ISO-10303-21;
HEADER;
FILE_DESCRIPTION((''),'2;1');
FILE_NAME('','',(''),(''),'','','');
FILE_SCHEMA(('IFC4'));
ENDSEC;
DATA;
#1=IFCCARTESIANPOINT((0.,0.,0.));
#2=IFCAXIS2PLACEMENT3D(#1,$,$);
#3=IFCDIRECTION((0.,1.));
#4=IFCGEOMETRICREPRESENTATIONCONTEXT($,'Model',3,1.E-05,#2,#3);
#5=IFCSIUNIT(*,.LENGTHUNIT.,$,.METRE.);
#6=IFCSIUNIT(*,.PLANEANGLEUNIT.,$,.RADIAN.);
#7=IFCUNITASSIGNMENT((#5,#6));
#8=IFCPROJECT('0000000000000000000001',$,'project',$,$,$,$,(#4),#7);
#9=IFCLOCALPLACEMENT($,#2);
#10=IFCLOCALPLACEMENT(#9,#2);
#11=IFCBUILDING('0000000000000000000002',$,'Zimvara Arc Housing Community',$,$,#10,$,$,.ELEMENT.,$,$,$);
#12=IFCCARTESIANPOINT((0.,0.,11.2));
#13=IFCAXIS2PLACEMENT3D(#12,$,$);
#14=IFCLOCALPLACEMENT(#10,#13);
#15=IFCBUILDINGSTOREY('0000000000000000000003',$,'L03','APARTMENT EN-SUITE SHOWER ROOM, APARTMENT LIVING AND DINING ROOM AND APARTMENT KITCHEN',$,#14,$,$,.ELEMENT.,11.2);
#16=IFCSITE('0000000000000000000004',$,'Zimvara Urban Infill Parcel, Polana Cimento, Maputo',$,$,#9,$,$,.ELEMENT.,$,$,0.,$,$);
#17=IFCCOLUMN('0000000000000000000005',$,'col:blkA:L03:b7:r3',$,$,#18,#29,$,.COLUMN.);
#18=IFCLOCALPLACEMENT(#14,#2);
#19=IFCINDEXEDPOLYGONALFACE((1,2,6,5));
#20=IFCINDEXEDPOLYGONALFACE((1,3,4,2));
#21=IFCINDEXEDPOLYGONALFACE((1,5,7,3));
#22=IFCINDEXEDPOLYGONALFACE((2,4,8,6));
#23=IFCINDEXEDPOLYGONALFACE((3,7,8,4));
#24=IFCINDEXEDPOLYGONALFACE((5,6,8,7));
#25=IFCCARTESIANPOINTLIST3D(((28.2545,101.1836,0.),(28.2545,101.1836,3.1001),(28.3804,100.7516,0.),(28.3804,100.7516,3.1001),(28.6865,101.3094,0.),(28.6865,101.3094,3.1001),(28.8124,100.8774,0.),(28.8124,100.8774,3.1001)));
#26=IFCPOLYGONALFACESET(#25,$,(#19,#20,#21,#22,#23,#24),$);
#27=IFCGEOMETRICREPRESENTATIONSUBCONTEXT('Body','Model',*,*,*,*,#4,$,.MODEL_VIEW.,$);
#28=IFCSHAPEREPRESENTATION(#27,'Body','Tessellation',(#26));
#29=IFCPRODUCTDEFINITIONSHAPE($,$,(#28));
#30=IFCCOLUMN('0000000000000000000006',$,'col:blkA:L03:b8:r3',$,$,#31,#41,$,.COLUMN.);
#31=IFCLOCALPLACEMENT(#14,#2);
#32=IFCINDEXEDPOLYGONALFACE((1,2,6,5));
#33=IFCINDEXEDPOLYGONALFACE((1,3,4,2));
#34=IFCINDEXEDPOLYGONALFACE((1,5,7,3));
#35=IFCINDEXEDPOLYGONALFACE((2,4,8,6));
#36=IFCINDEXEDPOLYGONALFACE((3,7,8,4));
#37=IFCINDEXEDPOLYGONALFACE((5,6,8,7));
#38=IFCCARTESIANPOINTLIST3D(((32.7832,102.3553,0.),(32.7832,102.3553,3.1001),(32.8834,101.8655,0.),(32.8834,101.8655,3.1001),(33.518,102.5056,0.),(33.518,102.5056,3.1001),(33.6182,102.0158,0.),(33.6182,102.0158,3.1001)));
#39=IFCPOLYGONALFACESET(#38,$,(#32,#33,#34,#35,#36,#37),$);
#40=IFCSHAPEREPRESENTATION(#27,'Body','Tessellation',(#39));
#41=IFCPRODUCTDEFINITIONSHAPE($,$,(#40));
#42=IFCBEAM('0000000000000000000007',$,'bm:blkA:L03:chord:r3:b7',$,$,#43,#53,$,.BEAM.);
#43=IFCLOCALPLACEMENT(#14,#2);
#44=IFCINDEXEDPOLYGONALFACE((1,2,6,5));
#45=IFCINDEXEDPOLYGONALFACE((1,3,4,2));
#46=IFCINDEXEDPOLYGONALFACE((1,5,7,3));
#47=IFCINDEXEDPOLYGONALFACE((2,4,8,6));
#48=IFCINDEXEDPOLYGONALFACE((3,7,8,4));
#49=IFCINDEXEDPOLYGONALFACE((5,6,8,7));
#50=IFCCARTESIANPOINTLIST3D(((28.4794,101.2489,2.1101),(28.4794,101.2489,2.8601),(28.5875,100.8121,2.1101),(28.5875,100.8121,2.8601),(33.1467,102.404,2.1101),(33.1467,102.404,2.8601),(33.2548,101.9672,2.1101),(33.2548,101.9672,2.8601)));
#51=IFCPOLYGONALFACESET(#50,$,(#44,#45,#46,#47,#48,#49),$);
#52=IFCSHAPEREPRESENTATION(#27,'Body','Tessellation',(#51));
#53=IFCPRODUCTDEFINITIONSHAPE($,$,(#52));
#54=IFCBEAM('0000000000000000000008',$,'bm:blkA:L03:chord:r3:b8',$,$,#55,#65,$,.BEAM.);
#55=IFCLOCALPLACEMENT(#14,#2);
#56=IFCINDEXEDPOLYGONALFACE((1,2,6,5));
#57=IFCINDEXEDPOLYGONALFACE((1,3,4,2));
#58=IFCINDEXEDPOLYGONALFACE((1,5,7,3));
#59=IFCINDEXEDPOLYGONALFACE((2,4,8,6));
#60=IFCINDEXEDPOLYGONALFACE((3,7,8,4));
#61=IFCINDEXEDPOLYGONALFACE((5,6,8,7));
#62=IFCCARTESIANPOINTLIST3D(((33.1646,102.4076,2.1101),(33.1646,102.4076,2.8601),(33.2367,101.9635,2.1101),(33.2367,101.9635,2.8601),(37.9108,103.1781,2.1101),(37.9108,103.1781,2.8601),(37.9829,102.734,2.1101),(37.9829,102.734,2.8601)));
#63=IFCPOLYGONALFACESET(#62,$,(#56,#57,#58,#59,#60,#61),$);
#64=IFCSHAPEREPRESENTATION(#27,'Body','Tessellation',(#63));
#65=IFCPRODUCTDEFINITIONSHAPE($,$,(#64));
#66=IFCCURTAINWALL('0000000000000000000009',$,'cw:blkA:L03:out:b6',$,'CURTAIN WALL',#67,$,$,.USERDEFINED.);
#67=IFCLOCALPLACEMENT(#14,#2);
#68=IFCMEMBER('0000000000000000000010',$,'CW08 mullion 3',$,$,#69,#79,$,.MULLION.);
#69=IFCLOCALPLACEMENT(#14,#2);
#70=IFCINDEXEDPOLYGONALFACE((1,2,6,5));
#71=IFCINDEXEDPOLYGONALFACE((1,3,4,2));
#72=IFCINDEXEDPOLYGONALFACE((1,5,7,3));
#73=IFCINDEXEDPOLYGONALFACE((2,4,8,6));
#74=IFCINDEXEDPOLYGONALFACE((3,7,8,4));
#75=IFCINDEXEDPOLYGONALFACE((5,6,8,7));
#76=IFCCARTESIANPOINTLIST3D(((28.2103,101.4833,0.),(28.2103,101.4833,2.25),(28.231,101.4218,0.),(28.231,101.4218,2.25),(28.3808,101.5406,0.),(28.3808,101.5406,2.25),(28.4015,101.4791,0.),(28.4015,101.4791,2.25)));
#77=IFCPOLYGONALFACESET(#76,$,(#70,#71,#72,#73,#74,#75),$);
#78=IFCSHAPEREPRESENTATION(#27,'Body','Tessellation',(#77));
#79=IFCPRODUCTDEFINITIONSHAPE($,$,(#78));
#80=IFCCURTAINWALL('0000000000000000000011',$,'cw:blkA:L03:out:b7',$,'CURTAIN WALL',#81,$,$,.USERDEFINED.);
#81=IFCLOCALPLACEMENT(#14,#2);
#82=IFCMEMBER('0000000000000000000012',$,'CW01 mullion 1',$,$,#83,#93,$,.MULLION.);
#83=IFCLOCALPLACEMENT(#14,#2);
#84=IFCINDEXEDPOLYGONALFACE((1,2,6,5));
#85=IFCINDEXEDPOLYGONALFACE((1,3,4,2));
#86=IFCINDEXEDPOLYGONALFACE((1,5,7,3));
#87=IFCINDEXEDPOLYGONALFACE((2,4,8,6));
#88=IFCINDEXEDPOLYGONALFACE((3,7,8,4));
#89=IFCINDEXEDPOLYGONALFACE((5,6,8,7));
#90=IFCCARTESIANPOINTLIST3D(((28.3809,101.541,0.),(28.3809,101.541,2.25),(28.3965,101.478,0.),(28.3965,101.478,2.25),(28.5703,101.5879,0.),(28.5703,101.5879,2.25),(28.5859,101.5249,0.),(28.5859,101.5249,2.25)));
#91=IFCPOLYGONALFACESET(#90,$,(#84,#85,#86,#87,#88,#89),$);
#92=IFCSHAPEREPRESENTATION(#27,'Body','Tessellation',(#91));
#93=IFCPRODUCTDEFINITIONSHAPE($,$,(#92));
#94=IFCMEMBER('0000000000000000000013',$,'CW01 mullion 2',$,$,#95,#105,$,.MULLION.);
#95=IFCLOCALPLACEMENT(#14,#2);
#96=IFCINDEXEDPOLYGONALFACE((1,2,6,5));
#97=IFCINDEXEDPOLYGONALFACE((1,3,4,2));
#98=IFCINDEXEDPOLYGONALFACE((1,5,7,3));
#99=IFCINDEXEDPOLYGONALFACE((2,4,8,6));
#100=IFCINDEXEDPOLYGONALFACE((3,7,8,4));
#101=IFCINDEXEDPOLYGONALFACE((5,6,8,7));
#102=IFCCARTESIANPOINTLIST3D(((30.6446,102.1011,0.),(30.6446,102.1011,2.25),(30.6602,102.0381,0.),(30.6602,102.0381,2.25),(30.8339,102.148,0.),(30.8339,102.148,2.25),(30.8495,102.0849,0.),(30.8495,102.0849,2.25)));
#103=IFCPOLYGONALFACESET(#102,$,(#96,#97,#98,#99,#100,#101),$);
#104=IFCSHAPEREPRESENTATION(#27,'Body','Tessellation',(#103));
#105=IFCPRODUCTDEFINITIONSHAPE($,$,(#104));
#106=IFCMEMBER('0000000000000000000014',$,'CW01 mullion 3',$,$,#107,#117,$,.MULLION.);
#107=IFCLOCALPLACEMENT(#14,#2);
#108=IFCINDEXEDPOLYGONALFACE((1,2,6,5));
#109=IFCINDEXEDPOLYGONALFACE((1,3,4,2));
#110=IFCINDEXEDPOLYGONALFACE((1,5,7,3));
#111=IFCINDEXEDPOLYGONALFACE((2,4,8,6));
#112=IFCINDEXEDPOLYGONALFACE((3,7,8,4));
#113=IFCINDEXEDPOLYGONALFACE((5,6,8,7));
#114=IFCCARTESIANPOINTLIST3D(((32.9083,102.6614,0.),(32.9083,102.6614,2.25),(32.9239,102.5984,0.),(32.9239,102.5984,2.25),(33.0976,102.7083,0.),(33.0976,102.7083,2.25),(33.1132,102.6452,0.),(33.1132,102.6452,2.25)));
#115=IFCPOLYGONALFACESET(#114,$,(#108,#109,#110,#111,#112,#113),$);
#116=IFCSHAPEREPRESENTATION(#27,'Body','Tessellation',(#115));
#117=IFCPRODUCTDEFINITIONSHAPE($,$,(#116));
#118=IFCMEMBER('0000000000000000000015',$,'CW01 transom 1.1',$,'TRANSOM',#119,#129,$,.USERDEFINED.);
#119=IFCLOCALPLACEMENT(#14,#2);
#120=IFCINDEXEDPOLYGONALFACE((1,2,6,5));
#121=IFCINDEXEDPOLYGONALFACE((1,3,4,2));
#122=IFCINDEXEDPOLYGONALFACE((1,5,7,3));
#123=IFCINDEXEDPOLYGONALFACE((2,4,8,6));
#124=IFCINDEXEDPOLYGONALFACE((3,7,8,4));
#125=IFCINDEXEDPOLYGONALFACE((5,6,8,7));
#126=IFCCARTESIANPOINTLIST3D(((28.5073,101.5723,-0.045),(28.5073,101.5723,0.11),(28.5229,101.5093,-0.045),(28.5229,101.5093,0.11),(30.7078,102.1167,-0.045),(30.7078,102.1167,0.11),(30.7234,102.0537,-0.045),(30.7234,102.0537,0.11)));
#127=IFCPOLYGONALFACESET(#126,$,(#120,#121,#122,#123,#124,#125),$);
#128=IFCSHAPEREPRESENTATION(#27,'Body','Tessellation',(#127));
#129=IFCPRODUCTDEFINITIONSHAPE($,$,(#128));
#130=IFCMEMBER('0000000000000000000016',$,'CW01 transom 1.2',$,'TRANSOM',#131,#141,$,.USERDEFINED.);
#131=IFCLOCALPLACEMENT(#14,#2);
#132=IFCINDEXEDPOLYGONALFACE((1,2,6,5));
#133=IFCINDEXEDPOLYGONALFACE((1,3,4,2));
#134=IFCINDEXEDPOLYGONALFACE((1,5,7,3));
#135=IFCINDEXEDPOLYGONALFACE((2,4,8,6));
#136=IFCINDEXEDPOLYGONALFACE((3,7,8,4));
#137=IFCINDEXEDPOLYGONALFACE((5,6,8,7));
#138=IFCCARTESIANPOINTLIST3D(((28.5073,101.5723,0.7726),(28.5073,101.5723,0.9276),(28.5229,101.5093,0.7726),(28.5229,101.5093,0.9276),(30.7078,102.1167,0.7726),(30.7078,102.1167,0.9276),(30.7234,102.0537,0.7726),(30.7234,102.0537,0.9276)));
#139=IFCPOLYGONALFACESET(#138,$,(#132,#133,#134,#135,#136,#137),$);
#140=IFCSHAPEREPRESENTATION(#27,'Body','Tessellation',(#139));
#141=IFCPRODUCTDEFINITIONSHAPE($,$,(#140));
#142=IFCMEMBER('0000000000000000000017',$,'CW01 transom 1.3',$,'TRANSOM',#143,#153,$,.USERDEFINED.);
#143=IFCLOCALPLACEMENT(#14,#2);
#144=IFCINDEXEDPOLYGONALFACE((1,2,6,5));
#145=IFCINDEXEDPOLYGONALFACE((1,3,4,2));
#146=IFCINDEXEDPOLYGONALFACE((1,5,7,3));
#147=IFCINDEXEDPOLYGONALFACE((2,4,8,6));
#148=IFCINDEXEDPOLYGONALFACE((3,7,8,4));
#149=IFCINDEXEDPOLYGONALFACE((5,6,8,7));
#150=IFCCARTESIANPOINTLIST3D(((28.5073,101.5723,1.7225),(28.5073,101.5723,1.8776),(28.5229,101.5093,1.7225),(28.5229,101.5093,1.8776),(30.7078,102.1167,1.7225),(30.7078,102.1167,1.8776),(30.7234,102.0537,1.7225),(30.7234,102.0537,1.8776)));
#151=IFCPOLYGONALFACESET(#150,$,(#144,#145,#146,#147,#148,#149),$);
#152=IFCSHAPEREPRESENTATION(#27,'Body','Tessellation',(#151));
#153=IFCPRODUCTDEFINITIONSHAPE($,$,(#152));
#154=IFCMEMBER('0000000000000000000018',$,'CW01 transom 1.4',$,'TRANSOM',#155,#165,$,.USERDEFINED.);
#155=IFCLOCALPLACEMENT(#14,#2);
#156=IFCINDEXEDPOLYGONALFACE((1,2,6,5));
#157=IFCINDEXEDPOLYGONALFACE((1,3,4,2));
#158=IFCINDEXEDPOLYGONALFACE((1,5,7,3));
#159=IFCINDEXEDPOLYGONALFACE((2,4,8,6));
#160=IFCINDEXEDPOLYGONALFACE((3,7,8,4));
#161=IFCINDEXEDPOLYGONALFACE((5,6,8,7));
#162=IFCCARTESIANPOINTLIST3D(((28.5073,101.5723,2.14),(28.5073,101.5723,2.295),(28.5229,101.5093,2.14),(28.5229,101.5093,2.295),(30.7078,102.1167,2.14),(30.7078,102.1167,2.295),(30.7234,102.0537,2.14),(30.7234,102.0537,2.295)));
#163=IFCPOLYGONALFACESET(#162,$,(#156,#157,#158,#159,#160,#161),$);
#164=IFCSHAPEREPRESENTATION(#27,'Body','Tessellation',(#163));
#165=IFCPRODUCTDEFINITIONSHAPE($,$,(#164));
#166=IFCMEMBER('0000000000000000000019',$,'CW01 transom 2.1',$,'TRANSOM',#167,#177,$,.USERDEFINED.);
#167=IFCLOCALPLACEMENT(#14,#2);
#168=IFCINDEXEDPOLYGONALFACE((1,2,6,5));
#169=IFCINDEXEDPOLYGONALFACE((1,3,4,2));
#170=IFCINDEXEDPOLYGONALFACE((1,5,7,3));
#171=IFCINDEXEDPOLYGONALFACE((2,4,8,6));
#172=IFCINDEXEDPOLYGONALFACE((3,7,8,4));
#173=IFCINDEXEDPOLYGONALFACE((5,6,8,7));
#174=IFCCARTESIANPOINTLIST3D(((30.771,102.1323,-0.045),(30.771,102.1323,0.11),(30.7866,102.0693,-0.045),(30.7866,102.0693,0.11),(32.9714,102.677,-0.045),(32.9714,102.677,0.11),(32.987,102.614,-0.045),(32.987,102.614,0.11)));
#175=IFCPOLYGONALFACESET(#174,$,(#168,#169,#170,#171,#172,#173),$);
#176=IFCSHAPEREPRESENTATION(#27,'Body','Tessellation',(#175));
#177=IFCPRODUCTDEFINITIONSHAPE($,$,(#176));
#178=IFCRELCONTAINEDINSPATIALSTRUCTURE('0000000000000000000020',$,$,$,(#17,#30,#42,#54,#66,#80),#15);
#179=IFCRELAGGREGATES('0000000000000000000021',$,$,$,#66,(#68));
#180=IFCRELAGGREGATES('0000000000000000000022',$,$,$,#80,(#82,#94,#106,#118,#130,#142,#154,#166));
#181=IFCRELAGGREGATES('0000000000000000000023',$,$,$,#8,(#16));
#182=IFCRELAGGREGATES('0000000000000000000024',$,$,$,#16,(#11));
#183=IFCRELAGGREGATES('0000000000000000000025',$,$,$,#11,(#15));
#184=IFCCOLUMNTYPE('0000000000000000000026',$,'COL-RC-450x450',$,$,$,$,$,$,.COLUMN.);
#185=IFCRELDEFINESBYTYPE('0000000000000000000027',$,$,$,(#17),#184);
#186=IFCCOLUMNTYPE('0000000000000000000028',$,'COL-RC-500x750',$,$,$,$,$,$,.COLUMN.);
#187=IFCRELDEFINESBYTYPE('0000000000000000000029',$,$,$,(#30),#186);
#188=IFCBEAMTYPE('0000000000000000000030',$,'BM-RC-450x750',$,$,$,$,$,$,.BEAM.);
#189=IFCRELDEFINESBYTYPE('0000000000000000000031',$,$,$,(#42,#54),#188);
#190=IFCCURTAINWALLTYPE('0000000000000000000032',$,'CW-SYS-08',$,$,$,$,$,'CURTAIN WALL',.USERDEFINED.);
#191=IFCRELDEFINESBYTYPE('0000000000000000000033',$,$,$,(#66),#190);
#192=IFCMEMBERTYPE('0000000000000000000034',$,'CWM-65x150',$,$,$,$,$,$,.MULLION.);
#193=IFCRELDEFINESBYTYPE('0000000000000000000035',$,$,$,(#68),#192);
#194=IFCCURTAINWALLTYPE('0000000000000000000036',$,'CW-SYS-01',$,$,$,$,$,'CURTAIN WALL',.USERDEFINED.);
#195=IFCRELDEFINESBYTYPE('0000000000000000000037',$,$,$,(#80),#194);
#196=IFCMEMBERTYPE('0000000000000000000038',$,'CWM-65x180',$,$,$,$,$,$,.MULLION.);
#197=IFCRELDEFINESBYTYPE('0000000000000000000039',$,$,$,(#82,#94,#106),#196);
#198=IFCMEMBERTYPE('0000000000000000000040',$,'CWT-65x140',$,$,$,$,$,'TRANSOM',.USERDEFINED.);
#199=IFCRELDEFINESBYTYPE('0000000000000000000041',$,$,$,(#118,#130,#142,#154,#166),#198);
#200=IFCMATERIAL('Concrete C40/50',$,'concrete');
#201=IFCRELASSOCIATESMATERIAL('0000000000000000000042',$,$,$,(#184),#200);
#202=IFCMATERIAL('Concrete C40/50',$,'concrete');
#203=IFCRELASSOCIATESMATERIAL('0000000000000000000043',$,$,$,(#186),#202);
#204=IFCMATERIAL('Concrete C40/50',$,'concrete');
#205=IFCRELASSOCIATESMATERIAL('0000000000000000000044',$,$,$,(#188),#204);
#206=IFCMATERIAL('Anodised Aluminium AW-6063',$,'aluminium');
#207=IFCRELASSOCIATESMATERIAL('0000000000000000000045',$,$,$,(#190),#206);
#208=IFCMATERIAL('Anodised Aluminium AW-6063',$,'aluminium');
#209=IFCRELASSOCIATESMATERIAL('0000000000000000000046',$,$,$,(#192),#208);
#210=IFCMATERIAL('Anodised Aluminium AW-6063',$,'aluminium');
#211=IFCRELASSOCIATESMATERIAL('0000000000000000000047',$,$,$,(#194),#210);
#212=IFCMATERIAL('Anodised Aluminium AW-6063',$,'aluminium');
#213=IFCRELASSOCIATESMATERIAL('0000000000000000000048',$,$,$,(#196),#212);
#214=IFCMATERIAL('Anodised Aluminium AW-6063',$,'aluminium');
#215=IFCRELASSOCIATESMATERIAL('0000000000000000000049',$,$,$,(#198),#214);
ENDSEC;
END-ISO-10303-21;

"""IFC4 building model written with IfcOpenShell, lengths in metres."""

from ifc_helpers import new_model, si_unit, direction, frame, origin, origin_2d, place, context, subcontext, project, spatial, rectangle, extrude, material, material_profile, profile_set, type_object, element, aggregate, save


model = new_model("IFC4")

# Units and contexts
model_context = context("Model", 3, precision=1e-05, world=origin(), true_north=direction((0.0, 1.0)))
body_context = subcontext(model_context, "Body", "Model", "MODEL_VIEW")
ifc_project = project(units=[si_unit("LENGTHUNIT", "METRE"), si_unit("PLANEANGLEUNIT", "RADIAN")], contexts=[model_context])

# Site, building, storey
site_placement = place(None, origin())
site = spatial("IfcSite", under=ifc_project, at=site_placement, Name="Zimvara Urban Infill Parcel, Polana Cimento, Maputo", CompositionType="ELEMENT", RefElevation=0.0)
building_placement = place(site_placement, origin())
building = spatial("IfcBuilding", under=site, at=building_placement, Name="Zimvara Arc Housing Community", CompositionType="ELEMENT")
storey_placement = place(building_placement, frame((0.0, 0.0, 11.2)))
storey = spatial("IfcBuildingStorey", under=building, at=storey_placement, Name="L03", Description="APARTMENT EN-SUITE SHOWER ROOM, APARTMENT LIVING AND DINING ROOM AND APARTMENT KITCHEN", CompositionType="ELEMENT", Elevation=11.2)

# Columns
ifc_material_1 = material(Name="Concrete C40/50", Category="concrete")
ifc_material_profile_1 = material_profile(ifc_material_1, rectangle(XDim=0.45, YDim=0.45, at=origin_2d()), Name="RC 450x450")
ifc_profile_set_1 = profile_set([ifc_material_profile_1], Name="Concrete C40/50")
column_type_1 = type_object("IfcColumnType", Name="COL-RC-450x450", PredefinedType="COLUMN", material=ifc_profile_set_1)
column_1_placement = place(storey_placement, frame((28.5334, 101.0305, 0.0), z_axis=(0.0, 0.0, 1.0), x_axis=(-0.279661, 0.960099, 0.0)))
element("IfcColumn", 1, at=column_1_placement, inside=storey, type_object=column_type_1, Name="col:blkA:L03:b7:r3", PredefinedType="COLUMN", context=body_context, shape_type="SweptSolid", body=[
    extrude(rectangle(XDim=0.45, YDim=0.45, at=origin_2d()), origin(), (0.0, 0.0, 1.0), 3.1001),
])
ifc_material_2 = material(Name="Concrete C40/50", Category="concrete")
ifc_material_profile_2 = material_profile(ifc_material_2, rectangle(XDim=0.5, YDim=0.75, at=origin_2d()), Name="RC 500x750")
ifc_profile_set_2 = profile_set([ifc_material_profile_2], Name="Concrete C40/50")
column_type_2 = type_object("IfcColumnType", Name="COL-RC-500x750", PredefinedType="COLUMN", material=ifc_profile_set_2)
column_2_placement = place(storey_placement, frame((33.2007, 102.1855, 0.0), z_axis=(0.0, 0.0, 1.0), x_axis=(-0.200394, 0.979715, 0.0)))
element("IfcColumn", 2, at=column_2_placement, inside=storey, type_object=column_type_2, Name="col:blkA:L03:b8:r3", PredefinedType="COLUMN", context=body_context, shape_type="SweptSolid", body=[
    extrude(rectangle(XDim=0.5, YDim=0.75, at=origin_2d()), origin(), (0.0, 0.0, 1.0), 3.1001),
])

# Beams
ifc_material_3 = material(Name="Concrete C40/50", Category="concrete")
ifc_material_profile_3 = material_profile(ifc_material_3, rectangle(XDim=0.45, YDim=0.75, at=origin_2d()), Name="RC 450x750")
ifc_profile_set_3 = profile_set([ifc_material_profile_3], Name="Concrete C40/50")
beam_type = type_object("IfcBeamType", Name="BM-RC-450x750", PredefinedType="BEAM", material=ifc_profile_set_3)
beam_1_placement = place(storey_placement, frame((28.5334, 101.0305, 2.4851), z_axis=(0.970716, 0.240229, 0.0), x_axis=(-0.240229, 0.970716, 0.0)))
element("IfcBeam", 3, at=beam_1_placement, inside=storey, type_object=beam_type, Name="bm:blkA:L03:chord:r3:b7", PredefinedType="BEAM", context=body_context, shape_type="SweptSolid", body=[
    extrude(rectangle(XDim=0.45, YDim=0.75, at=origin_2d()), origin(), (0.0, 0.0, 1.0), 4.8081),
])
beam_2_placement = place(storey_placement, frame((33.2007, 102.1855, 2.4851), z_axis=(0.987077, 0.160248, 0.0), x_axis=(-0.160248, 0.987077, 0.0)))
element("IfcBeam", 4, at=beam_2_placement, inside=storey, type_object=beam_type, Name="bm:blkA:L03:chord:r3:b8", PredefinedType="BEAM", context=body_context, shape_type="SweptSolid", body=[
    extrude(rectangle(XDim=0.45, YDim=0.75, at=origin_2d()), origin(), (0.0, 0.0, 1.0), 4.8083),
])

# Curtain wall, member
ifc_material_4 = material(Name="Anodised Aluminium AW-6063", Category="aluminium")
curtain_wall_type_1 = type_object("IfcCurtainWallType", Name="CW-SYS-08", ElementType="CURTAIN WALL", PredefinedType="USERDEFINED", material=ifc_material_4)
curtain_wall_1_placement = place(storey_placement, origin())
curtain_wall_1 = element("IfcCurtainWall", 5, at=curtain_wall_1_placement, inside=storey, type_object=curtain_wall_type_1, Name="cw:blkA:L03:out:b6", ObjectType="CURTAIN WALL", PredefinedType="USERDEFINED")
ifc_material_5 = material(Name="Anodised Aluminium AW-6063", Category="aluminium")
ifc_material_profile_4 = material_profile(ifc_material_5, rectangle(XDim=0.0649, YDim=0.1799, at=origin_2d()), Name="ALU 65x180")
ifc_profile_set_4 = profile_set([ifc_material_profile_4], Name="Anodised Aluminium AW-6063")
member_type_1 = type_object("IfcMemberType", Name="CWM-65x150", PredefinedType="MULLION", material=ifc_profile_set_4)
member_1_placement = place(storey_placement, frame((28.3059, 101.4812, 0.0), z_axis=(0.0, 0.0, 1.0), x_axis=(-0.318629, 0.94788, 0.0)))
member_1 = element("IfcMember", 6, at=member_1_placement, type_object=member_type_1, Name="CW08 mullion 3", PredefinedType="MULLION", context=body_context, shape_type="SweptSolid", body=[
    extrude(rectangle(XDim=0.0649, YDim=0.1799, at=origin_2d()), origin(), (0.0, 0.0, 1.0), 2.25),
])

# Curtain wall, members
ifc_material_6 = material(Name="Anodised Aluminium AW-6063", Category="aluminium")
curtain_wall_type_2 = type_object("IfcCurtainWallType", Name="CW-SYS-01", ElementType="CURTAIN WALL", PredefinedType="USERDEFINED", material=ifc_material_6)
curtain_wall_2_placement = place(storey_placement, origin())
curtain_wall_2 = element("IfcCurtainWall", 7, at=curtain_wall_2_placement, inside=storey, type_object=curtain_wall_type_2, Name="cw:blkA:L03:out:b7", ObjectType="CURTAIN WALL", PredefinedType="USERDEFINED")
ifc_material_7 = material(Name="Anodised Aluminium AW-6063", Category="aluminium")
ifc_material_profile_5 = material_profile(ifc_material_7, rectangle(XDim=0.0649, YDim=0.1951, at=origin_2d()), Name="ALU 65x195")
ifc_profile_set_5 = profile_set([ifc_material_profile_5], Name="Anodised Aluminium AW-6063")
member_type_2 = type_object("IfcMemberType", Name="CWM-65x180", PredefinedType="MULLION", material=ifc_profile_set_5)
member_2_placement = place(storey_placement, frame((28.4834, 101.533, 0.0), z_axis=(0.0, 0.0, 1.0), x_axis=(-0.24023, 0.970716, 0.0)))
member_2 = element("IfcMember", 8, at=member_2_placement, type_object=member_type_2, Name="CW01 mullion 1", PredefinedType="MULLION", context=body_context, shape_type="SweptSolid", body=[
    extrude(rectangle(XDim=0.0649, YDim=0.1951, at=origin_2d()), origin(), (0.0, 0.0, 1.0), 2.25),
])
member_3_placement = place(storey_placement, frame((30.7471, 102.093, 0.0), z_axis=(0.0, 0.0, 1.0), x_axis=(-0.24023, 0.970716, 0.0)))
member_3 = element("IfcMember", 9, at=member_3_placement, type_object=member_type_2, Name="CW01 mullion 2", PredefinedType="MULLION", context=body_context, shape_type="SweptSolid", body=[
    extrude(rectangle(XDim=0.0649, YDim=0.1951, at=origin_2d()), origin(), (0.0, 0.0, 1.0), 2.25),
])
member_4_placement = place(storey_placement, frame((33.0107, 102.6533, 0.0), z_axis=(0.0, 0.0, 1.0), x_axis=(-0.24023, 0.970716, 0.0)))
member_4 = element("IfcMember", 10, at=member_4_placement, type_object=member_type_2, Name="CW01 mullion 3", PredefinedType="MULLION", context=body_context, shape_type="SweptSolid", body=[
    extrude(rectangle(XDim=0.0649, YDim=0.1951, at=origin_2d()), origin(), (0.0, 0.0, 1.0), 2.25),
])
ifc_material_8 = material(Name="Anodised Aluminium AW-6063", Category="aluminium")
ifc_material_profile_6 = material_profile(ifc_material_8, rectangle(XDim=0.0649, YDim=0.155, at=origin_2d()), Name="ALU 65x155")
ifc_profile_set_6 = profile_set([ifc_material_profile_6], Name="Anodised Aluminium AW-6063")
member_type_3 = type_object("IfcMemberType", Name="CWT-65x140", ElementType="TRANSOM", PredefinedType="USERDEFINED", material=ifc_profile_set_6)
member_5_placement = place(storey_placement, frame((28.5151, 101.5408, 0.0325), z_axis=(0.970729, 0.240178, 0.0), x_axis=(-0.240178, 0.970729, 0.0)))
member_5 = element("IfcMember", 11, at=member_5_placement, type_object=member_type_3, Name="CW01 transom 1.1", ObjectType="TRANSOM", PredefinedType="USERDEFINED", context=body_context, shape_type="SweptSolid", body=[
    extrude(rectangle(XDim=0.0649, YDim=0.155, at=origin_2d()), origin(), (0.0, 0.0, 1.0), 2.2668),
])
member_6_placement = place(storey_placement, frame((28.5151, 101.5408, 0.8501), z_axis=(0.970729, 0.240178, 0.0), x_axis=(-0.240178, 0.970729, 0.0)))
member_6 = element("IfcMember", 12, at=member_6_placement, type_object=member_type_3, Name="CW01 transom 1.2", ObjectType="TRANSOM", PredefinedType="USERDEFINED", context=body_context, shape_type="SweptSolid", body=[
    extrude(rectangle(XDim=0.0649, YDim=0.155, at=origin_2d()), origin(), (0.0, 0.0, 1.0), 2.2668),
])
member_7_placement = place(storey_placement, frame((28.5151, 101.5408, 1.8), z_axis=(0.970729, 0.240178, 0.0), x_axis=(-0.240178, 0.970729, 0.0)))
member_7 = element("IfcMember", 13, at=member_7_placement, type_object=member_type_3, Name="CW01 transom 1.3", ObjectType="TRANSOM", PredefinedType="USERDEFINED", context=body_context, shape_type="SweptSolid", body=[
    extrude(rectangle(XDim=0.0649, YDim=0.155, at=origin_2d()), origin(), (0.0, 0.0, 1.0), 2.2668),
])
member_8_placement = place(storey_placement, frame((28.5151, 101.5408, 2.2175), z_axis=(0.970729, 0.240178, 0.0), x_axis=(-0.240178, 0.970729, 0.0)))
member_8 = element("IfcMember", 14, at=member_8_placement, type_object=member_type_3, Name="CW01 transom 1.4", ObjectType="TRANSOM", PredefinedType="USERDEFINED", context=body_context, shape_type="SweptSolid", body=[
    extrude(rectangle(XDim=0.0649, YDim=0.155, at=origin_2d()), origin(), (0.0, 0.0, 1.0), 2.2668),
])
member_9_placement = place(storey_placement, frame((30.7788, 102.1008, 0.0325), z_axis=(0.970704, 0.24028, 0.0), x_axis=(-0.24028, 0.970704, 0.0)))
member_9 = element("IfcMember", 15, at=member_9_placement, type_object=member_type_3, Name="CW01 transom 2.1", ObjectType="TRANSOM", PredefinedType="USERDEFINED", context=body_context, shape_type="SweptSolid", body=[
    extrude(rectangle(XDim=0.0649, YDim=0.155, at=origin_2d()), origin(), (0.0, 0.0, 1.0), 2.2668),
])

aggregate(curtain_wall_1, [member_1])
aggregate(curtain_wall_2, [member_2, member_3, member_4, member_5, member_6, member_7, member_8, member_9])

save(model, "model.ifc")
